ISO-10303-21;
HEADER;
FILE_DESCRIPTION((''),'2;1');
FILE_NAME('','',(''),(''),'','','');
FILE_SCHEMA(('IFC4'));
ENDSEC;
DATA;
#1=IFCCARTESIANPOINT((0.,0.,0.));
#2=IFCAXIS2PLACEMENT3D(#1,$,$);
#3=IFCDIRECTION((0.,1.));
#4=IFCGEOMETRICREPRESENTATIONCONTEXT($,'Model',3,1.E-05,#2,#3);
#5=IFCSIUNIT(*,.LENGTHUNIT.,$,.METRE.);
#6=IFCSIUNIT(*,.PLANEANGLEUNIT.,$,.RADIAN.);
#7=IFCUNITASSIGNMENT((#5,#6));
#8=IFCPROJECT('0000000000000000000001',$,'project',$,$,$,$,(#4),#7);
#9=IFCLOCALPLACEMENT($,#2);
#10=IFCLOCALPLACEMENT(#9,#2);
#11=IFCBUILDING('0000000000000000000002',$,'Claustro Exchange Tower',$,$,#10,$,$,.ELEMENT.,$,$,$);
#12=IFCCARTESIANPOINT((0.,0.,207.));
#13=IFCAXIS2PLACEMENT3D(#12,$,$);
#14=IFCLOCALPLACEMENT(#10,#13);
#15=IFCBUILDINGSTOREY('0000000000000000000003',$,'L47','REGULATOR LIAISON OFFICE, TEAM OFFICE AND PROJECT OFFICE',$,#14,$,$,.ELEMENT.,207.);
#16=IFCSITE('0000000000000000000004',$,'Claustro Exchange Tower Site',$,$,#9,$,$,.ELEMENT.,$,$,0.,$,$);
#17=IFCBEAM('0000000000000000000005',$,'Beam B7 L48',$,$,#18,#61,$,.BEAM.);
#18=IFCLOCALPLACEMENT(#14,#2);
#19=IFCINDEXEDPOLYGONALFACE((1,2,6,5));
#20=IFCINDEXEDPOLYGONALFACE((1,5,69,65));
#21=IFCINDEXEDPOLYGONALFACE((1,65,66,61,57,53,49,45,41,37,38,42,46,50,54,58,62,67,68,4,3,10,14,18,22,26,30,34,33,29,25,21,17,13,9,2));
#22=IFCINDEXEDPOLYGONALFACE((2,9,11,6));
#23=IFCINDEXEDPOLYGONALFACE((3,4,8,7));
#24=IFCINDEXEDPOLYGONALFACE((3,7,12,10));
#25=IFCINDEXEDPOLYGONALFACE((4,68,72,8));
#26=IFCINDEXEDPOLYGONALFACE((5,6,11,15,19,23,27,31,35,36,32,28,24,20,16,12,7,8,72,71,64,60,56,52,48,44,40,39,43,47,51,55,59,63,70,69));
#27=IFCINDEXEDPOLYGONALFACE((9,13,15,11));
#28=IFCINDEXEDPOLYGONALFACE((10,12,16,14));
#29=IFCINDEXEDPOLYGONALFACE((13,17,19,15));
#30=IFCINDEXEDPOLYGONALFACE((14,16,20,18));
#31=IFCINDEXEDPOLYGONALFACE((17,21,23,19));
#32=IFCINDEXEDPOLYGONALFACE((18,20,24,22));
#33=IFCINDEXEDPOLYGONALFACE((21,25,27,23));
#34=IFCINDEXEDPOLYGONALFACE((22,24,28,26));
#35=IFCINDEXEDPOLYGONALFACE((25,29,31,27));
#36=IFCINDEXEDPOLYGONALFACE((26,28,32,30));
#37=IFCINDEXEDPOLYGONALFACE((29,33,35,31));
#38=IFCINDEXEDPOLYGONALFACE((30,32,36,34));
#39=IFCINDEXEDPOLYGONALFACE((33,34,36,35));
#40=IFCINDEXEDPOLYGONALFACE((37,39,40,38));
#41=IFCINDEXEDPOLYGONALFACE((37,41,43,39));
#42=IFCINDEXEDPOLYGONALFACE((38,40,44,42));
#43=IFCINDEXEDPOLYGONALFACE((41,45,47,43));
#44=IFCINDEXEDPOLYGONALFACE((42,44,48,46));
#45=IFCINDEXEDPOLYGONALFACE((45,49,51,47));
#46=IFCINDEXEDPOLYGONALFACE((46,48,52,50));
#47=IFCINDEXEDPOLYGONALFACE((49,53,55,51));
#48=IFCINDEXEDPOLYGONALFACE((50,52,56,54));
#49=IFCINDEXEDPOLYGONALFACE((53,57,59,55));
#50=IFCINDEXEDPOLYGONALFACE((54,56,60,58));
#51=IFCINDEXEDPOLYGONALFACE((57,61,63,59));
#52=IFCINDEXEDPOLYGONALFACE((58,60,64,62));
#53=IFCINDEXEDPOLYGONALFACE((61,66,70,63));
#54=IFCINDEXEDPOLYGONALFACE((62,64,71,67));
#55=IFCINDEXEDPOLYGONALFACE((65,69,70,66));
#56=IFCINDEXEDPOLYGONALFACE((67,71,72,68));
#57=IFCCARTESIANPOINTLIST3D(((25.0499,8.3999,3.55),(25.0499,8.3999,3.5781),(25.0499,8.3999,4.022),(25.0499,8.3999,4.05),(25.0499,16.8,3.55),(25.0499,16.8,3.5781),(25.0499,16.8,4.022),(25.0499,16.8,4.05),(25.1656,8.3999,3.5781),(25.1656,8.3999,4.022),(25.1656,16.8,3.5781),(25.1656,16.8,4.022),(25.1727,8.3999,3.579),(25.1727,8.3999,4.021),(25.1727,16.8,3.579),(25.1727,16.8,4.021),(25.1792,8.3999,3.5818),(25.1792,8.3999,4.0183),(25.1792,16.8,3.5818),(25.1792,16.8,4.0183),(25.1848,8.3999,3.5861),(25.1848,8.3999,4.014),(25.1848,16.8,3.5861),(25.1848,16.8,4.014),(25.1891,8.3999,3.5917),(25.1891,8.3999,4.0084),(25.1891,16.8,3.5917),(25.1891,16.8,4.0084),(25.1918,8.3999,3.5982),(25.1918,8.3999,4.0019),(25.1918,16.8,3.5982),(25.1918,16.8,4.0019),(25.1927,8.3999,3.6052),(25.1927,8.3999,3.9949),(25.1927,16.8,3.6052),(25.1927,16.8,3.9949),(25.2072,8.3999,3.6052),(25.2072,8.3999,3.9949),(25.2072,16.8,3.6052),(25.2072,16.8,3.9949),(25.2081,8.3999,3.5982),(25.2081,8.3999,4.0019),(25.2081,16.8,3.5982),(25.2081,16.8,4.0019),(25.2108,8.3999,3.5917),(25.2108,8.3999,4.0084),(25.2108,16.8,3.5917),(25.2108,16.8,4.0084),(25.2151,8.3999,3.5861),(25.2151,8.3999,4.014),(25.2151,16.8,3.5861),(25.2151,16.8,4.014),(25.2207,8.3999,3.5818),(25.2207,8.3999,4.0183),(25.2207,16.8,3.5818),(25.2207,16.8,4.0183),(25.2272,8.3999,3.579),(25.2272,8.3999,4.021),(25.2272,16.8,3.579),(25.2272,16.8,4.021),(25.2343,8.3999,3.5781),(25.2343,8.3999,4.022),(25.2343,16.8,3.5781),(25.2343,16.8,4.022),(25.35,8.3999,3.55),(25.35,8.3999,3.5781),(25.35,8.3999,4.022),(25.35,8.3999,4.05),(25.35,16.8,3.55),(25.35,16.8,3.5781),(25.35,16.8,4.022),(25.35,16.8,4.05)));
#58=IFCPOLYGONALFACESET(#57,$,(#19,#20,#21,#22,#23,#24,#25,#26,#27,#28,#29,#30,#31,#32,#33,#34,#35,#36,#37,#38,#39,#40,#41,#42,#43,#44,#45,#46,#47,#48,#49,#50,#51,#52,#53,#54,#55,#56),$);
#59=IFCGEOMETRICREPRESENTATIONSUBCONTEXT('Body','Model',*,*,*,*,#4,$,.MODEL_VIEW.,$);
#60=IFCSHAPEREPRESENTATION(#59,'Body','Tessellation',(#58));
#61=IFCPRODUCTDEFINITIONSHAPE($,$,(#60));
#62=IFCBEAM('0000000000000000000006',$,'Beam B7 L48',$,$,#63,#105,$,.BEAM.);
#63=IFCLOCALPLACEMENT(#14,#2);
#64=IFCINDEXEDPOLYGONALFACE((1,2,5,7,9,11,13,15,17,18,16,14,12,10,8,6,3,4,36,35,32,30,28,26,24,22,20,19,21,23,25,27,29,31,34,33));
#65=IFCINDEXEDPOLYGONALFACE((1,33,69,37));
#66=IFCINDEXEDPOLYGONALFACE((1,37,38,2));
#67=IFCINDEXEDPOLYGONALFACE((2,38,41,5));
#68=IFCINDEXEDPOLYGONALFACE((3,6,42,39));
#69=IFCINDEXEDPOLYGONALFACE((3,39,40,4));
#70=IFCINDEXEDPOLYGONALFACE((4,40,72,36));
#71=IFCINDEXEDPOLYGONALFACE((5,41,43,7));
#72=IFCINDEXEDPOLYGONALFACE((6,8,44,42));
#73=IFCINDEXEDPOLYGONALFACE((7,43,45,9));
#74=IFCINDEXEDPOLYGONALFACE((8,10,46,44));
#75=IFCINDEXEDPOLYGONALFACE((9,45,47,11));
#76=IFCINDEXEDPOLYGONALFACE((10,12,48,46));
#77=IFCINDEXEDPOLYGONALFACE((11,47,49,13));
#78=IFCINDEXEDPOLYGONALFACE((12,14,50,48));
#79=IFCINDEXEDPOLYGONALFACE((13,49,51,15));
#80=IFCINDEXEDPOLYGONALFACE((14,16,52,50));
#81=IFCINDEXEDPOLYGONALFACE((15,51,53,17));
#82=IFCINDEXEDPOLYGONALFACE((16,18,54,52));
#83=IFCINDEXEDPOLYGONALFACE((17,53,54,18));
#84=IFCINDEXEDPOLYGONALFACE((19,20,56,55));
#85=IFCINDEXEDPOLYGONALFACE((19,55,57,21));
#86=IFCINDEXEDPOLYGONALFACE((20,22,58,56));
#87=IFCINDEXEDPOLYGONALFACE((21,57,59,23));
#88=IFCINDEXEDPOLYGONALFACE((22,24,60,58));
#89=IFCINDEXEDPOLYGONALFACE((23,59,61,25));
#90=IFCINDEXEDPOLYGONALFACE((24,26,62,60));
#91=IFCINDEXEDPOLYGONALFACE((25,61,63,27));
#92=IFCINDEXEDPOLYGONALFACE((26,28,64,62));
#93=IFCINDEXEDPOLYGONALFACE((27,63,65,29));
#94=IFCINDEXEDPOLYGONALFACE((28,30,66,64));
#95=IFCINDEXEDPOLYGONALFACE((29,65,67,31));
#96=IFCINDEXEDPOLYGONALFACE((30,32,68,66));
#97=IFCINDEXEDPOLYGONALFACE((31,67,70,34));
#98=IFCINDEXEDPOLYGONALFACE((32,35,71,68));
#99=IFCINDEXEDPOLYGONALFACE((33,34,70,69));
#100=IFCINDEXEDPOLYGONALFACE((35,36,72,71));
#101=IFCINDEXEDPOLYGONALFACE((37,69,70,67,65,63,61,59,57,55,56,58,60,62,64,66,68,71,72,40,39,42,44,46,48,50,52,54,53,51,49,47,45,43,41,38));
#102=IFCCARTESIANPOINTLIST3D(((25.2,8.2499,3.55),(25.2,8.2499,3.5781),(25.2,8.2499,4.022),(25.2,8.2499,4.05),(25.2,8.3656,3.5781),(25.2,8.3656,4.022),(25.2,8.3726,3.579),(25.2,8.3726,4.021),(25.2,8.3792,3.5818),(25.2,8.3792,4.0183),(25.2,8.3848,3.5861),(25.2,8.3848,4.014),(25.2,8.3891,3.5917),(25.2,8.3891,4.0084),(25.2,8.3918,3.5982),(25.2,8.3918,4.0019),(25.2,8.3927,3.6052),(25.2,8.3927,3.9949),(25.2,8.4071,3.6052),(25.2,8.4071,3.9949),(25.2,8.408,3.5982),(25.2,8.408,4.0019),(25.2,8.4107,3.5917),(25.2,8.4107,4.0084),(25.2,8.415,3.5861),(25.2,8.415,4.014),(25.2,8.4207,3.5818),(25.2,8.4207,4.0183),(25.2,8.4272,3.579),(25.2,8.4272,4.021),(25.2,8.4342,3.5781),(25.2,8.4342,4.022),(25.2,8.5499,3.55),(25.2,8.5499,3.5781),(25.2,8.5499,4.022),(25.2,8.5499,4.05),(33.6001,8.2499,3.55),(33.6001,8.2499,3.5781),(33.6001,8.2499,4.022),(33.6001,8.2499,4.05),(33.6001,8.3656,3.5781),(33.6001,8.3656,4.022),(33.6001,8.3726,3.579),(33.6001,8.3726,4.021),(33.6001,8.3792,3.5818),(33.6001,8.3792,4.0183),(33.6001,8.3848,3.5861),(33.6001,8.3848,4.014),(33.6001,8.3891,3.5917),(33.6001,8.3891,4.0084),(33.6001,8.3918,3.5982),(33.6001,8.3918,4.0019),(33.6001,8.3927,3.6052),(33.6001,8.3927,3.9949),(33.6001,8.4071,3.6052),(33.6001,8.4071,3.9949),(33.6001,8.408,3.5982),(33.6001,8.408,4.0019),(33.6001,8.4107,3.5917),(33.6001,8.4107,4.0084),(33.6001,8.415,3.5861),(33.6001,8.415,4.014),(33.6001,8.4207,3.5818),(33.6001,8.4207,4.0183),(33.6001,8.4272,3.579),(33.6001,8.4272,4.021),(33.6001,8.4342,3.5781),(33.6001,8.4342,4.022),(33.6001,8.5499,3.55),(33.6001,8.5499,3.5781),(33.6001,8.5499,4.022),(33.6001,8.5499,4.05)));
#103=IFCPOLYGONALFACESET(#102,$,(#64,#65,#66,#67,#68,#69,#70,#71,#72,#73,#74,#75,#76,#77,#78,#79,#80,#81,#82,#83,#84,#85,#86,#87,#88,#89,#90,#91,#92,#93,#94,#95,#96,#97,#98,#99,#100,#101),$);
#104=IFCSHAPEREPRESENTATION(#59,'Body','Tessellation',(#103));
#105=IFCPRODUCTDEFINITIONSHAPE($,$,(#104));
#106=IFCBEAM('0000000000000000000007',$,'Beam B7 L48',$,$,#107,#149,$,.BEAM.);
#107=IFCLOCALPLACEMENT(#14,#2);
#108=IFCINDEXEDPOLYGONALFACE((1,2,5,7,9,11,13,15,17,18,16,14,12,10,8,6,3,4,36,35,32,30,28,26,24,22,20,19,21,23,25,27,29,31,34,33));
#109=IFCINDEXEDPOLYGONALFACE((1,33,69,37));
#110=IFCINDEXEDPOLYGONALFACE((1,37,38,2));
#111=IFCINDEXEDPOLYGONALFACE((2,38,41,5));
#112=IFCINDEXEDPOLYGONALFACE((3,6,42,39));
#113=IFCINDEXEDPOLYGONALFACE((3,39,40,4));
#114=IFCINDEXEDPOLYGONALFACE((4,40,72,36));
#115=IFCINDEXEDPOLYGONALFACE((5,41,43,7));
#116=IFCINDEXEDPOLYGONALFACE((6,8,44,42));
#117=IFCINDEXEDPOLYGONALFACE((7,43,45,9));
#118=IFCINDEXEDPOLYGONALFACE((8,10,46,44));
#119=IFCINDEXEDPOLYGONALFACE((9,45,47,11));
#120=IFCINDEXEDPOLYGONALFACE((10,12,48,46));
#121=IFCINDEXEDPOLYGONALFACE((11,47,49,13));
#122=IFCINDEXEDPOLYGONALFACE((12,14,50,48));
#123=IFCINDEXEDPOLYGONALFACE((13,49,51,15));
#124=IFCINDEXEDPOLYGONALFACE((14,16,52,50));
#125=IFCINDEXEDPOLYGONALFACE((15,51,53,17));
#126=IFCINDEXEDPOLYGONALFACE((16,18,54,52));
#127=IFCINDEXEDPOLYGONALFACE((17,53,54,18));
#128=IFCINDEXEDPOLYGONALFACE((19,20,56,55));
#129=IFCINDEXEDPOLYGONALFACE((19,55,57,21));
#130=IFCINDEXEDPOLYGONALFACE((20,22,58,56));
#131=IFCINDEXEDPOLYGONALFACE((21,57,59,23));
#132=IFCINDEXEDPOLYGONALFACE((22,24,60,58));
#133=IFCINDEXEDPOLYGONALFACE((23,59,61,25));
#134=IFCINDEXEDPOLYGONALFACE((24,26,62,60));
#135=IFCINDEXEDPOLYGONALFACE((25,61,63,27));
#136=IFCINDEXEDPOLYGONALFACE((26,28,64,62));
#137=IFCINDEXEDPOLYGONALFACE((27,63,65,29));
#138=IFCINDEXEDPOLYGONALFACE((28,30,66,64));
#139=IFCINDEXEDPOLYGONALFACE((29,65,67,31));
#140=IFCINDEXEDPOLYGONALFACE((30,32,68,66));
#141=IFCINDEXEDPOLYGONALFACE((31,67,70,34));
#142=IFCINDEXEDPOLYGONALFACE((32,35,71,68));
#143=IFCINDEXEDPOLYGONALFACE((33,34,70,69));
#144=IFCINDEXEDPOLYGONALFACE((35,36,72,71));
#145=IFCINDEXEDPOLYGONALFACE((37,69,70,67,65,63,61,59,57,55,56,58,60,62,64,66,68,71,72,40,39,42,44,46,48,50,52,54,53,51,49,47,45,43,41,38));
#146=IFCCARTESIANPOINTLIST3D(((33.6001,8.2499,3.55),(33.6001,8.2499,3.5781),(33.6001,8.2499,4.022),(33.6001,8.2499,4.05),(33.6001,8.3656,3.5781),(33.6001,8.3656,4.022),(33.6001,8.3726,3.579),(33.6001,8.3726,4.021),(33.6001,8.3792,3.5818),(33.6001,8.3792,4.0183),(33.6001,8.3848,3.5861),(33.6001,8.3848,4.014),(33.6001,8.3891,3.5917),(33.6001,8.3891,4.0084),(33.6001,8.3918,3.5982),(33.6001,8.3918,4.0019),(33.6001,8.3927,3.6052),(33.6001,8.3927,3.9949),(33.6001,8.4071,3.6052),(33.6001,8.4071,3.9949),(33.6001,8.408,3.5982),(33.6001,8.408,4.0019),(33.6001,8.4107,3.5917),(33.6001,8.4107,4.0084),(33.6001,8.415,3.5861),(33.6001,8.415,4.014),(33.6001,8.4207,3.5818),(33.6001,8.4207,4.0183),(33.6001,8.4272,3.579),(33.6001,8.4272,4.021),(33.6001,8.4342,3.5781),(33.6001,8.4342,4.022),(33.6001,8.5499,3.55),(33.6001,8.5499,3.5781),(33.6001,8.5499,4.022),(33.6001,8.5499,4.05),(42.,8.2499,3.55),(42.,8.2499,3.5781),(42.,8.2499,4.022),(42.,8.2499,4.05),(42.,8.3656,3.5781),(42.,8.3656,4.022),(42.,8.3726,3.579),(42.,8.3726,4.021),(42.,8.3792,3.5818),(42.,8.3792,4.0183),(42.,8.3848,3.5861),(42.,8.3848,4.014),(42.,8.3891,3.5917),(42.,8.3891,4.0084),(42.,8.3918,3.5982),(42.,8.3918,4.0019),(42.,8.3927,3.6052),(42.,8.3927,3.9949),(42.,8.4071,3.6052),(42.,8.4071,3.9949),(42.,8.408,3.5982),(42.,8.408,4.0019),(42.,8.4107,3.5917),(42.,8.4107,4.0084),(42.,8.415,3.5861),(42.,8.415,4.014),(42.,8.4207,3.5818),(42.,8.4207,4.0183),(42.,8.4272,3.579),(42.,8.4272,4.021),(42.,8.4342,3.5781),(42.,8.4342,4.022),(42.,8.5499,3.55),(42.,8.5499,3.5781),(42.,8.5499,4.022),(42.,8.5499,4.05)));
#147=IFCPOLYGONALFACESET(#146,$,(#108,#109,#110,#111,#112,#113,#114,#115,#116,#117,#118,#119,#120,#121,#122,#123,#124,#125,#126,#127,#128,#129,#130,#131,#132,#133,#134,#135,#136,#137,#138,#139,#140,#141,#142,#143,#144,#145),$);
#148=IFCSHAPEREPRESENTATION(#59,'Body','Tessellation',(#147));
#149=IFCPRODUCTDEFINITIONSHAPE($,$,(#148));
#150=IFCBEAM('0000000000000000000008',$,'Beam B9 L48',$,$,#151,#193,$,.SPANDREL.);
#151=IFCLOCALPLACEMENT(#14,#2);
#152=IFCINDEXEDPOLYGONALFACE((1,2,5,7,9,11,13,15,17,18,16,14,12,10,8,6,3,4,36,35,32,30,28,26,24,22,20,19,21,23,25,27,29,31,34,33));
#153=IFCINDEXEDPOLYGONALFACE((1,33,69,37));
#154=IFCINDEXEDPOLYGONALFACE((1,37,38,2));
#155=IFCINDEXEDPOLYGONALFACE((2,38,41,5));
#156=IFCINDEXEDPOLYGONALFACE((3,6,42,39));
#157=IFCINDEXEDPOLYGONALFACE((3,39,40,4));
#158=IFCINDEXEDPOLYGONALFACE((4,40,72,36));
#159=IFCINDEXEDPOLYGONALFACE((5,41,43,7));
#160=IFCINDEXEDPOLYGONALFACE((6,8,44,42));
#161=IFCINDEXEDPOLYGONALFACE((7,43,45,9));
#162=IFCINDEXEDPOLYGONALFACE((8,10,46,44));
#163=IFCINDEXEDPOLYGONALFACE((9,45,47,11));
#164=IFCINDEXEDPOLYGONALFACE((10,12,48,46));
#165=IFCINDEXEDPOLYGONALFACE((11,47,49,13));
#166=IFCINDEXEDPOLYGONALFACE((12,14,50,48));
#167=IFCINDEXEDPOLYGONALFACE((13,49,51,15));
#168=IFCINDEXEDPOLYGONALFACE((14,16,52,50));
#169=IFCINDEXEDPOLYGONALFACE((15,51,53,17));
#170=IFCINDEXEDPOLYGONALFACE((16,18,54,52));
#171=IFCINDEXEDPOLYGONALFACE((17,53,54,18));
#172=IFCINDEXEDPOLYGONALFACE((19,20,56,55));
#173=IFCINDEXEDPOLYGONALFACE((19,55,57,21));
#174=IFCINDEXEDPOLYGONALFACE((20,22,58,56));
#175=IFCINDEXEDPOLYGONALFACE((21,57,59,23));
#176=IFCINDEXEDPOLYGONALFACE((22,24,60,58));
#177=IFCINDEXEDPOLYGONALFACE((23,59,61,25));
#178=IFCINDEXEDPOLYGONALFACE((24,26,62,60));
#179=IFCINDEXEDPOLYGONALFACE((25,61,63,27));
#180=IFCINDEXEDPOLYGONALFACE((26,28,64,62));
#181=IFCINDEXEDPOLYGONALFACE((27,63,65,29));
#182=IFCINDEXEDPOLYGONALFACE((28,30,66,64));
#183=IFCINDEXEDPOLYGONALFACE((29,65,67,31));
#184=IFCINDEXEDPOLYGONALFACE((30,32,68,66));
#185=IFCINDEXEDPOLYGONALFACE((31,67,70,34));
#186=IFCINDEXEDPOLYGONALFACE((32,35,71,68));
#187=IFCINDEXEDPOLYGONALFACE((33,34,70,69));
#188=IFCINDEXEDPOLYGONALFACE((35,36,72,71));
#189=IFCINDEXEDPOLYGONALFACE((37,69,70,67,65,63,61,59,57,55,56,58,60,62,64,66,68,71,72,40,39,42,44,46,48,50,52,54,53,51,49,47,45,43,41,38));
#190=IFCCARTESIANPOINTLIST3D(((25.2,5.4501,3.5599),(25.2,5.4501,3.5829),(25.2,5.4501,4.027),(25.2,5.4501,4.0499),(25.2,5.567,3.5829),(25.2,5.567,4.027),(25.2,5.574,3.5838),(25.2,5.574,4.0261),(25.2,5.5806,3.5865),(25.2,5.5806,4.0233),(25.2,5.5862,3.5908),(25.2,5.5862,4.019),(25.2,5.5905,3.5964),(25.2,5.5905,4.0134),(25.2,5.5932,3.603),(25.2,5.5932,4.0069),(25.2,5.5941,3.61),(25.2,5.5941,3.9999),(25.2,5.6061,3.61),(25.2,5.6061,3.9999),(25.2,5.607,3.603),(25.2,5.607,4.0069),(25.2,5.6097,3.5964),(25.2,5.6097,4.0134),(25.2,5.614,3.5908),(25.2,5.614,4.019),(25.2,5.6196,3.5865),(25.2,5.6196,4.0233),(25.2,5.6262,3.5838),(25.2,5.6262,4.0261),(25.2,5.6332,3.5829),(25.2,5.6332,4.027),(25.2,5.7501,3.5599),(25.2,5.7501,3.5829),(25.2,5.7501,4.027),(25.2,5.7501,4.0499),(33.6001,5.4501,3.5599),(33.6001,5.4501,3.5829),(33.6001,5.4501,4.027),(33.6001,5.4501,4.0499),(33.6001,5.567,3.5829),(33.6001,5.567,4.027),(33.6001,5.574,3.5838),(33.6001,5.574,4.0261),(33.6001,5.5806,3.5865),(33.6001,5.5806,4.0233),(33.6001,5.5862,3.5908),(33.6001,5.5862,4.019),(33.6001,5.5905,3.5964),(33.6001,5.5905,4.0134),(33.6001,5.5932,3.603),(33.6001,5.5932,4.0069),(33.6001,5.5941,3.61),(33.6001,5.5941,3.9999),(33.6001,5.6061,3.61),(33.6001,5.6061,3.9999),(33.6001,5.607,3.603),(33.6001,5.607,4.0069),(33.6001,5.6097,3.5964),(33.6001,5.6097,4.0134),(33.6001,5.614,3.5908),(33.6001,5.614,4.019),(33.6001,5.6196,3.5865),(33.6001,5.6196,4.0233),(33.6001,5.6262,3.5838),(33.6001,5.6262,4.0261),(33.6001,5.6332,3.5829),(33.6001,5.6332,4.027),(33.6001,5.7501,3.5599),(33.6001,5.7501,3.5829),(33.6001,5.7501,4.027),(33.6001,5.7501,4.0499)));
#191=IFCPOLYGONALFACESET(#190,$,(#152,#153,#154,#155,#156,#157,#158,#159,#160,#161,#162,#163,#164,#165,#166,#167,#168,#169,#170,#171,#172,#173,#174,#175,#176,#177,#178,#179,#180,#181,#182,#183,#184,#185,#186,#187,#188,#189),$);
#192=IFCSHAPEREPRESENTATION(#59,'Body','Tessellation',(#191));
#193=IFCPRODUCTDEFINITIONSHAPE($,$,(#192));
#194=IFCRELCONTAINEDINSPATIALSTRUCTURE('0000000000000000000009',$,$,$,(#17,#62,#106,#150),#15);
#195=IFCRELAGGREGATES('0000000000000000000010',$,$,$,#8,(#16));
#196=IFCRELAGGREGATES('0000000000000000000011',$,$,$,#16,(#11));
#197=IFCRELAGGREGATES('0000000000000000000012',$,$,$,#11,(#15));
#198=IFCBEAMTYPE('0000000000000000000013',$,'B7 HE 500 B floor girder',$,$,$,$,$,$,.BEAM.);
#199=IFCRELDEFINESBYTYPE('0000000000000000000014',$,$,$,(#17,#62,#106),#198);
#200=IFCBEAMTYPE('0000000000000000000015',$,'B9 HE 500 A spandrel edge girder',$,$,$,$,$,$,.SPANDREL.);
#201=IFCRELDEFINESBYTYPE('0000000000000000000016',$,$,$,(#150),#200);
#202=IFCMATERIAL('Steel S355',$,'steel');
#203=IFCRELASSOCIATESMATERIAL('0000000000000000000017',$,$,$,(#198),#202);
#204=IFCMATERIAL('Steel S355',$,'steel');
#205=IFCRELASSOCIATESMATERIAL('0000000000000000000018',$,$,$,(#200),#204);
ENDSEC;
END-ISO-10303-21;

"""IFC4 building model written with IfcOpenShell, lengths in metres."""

from ifc_helpers import new_model, si_unit, direction, frame, origin, origin_2d, place, context, subcontext, project, spatial, i_section, extrude, material, material_profile, profile_set, type_object, element, save


model = new_model("IFC4")

# Units and contexts
model_context = context("Model", 3, precision=1e-05, world=origin(), true_north=direction((0.0, 1.0)))
body_context = subcontext(model_context, "Body", "Model", "MODEL_VIEW")
ifc_project = project(units=[si_unit("LENGTHUNIT", "METRE"), si_unit("PLANEANGLEUNIT", "RADIAN")], contexts=[model_context])

# Site, building, storey
site_placement = place(None, origin())
site = spatial("IfcSite", under=ifc_project, at=site_placement, Name="Claustro Exchange Tower Site", CompositionType="ELEMENT", RefElevation=0.0)
building_placement = place(site_placement, origin())
building = spatial("IfcBuilding", under=site, at=building_placement, Name="Claustro Exchange Tower", CompositionType="ELEMENT")
storey_placement = place(building_placement, frame((0.0, 0.0, 207.0)))
storey = spatial("IfcBuildingStorey", under=building, at=storey_placement, Name="L47", Description="REGULATOR LIAISON OFFICE, TEAM OFFICE AND PROJECT OFFICE", CompositionType="ELEMENT", Elevation=207.0)

# Beams
ifc_material_1 = material(Name="Steel S355", Category="steel")
ifc_material_profile_1 = material_profile(ifc_material_1, i_section(OverallWidth=0.3, OverallDepth=0.5, WebThickness=0.0144, FlangeThickness=0.0281, FilletRadius=0.0271, at=origin_2d()), Name="HE 500 B")
ifc_profile_set_1 = profile_set([ifc_material_profile_1], Name="Steel S355")
beam_type_1 = type_object("IfcBeamType", Name="B7 HE 500 B floor girder", PredefinedType="BEAM", material=ifc_profile_set_1)
for number, where, z_axis, x_axis, name in (
    (1, (25.2, 8.3999, 3.8), (0.0, 1.0, 0.0), (-1.0, 0.0, 0.0), "Beam B7 L48"),
    (2, (25.2, 8.3999, 3.8), (1.0, 0.0, 0.0), (0.0, 1.0, 0.0), "Beam B7 L48"),
):
    element("IfcBeam", number, at=place(storey_placement, frame(where, z_axis=z_axis, x_axis=x_axis)), inside=storey, type_object=beam_type_1, Name=name, PredefinedType="BEAM", context=body_context, shape_type="SweptSolid", body=[
        extrude(i_section(OverallWidth=0.3, OverallDepth=0.5, WebThickness=0.0144, FlangeThickness=0.0281, FilletRadius=0.0271, at=origin_2d()), origin(), (0.0, 0.0, 1.0), 8.4001),
    ])
beam_1_placement = place(storey_placement, frame((33.6001, 8.3999, 3.8), z_axis=(1.0, 0.0, 0.0), x_axis=(0.0, 1.0, 0.0)))
element("IfcBeam", 3, at=beam_1_placement, inside=storey, type_object=beam_type_1, Name="Beam B7 L48", PredefinedType="BEAM", context=body_context, shape_type="SweptSolid", body=[
    extrude(i_section(OverallWidth=0.3, OverallDepth=0.5, WebThickness=0.0144, FlangeThickness=0.0281, FilletRadius=0.0271, at=origin_2d()), origin(), (0.0, 0.0, 1.0), 8.3999),
])
ifc_material_2 = material(Name="Steel S355", Category="steel")
ifc_material_profile_2 = material_profile(ifc_material_2, i_section(OverallWidth=0.3, OverallDepth=0.49, WebThickness=0.012, FlangeThickness=0.0229, FilletRadius=0.0271, at=origin_2d()), Name="HE 500 A")
ifc_profile_set_2 = profile_set([ifc_material_profile_2], Name="Steel S355")
beam_type_2 = type_object("IfcBeamType", Name="B9 HE 500 A spandrel edge girder", PredefinedType="SPANDREL", material=ifc_profile_set_2)
beam_2_placement = place(storey_placement, frame((25.2, 5.6001, 3.8049), z_axis=(1.0, 0.0, 0.0), x_axis=(0.0, 1.0, 0.0)))
element("IfcBeam", 4, at=beam_2_placement, inside=storey, type_object=beam_type_2, Name="Beam B9 L48", PredefinedType="SPANDREL", context=body_context, shape_type="SweptSolid", body=[
    extrude(i_section(OverallWidth=0.3, OverallDepth=0.49, WebThickness=0.012, FlangeThickness=0.0229, FilletRadius=0.0271, at=origin_2d()), origin(), (0.0, 0.0, 1.0), 8.4001),
])

save(model, "model.ifc")
